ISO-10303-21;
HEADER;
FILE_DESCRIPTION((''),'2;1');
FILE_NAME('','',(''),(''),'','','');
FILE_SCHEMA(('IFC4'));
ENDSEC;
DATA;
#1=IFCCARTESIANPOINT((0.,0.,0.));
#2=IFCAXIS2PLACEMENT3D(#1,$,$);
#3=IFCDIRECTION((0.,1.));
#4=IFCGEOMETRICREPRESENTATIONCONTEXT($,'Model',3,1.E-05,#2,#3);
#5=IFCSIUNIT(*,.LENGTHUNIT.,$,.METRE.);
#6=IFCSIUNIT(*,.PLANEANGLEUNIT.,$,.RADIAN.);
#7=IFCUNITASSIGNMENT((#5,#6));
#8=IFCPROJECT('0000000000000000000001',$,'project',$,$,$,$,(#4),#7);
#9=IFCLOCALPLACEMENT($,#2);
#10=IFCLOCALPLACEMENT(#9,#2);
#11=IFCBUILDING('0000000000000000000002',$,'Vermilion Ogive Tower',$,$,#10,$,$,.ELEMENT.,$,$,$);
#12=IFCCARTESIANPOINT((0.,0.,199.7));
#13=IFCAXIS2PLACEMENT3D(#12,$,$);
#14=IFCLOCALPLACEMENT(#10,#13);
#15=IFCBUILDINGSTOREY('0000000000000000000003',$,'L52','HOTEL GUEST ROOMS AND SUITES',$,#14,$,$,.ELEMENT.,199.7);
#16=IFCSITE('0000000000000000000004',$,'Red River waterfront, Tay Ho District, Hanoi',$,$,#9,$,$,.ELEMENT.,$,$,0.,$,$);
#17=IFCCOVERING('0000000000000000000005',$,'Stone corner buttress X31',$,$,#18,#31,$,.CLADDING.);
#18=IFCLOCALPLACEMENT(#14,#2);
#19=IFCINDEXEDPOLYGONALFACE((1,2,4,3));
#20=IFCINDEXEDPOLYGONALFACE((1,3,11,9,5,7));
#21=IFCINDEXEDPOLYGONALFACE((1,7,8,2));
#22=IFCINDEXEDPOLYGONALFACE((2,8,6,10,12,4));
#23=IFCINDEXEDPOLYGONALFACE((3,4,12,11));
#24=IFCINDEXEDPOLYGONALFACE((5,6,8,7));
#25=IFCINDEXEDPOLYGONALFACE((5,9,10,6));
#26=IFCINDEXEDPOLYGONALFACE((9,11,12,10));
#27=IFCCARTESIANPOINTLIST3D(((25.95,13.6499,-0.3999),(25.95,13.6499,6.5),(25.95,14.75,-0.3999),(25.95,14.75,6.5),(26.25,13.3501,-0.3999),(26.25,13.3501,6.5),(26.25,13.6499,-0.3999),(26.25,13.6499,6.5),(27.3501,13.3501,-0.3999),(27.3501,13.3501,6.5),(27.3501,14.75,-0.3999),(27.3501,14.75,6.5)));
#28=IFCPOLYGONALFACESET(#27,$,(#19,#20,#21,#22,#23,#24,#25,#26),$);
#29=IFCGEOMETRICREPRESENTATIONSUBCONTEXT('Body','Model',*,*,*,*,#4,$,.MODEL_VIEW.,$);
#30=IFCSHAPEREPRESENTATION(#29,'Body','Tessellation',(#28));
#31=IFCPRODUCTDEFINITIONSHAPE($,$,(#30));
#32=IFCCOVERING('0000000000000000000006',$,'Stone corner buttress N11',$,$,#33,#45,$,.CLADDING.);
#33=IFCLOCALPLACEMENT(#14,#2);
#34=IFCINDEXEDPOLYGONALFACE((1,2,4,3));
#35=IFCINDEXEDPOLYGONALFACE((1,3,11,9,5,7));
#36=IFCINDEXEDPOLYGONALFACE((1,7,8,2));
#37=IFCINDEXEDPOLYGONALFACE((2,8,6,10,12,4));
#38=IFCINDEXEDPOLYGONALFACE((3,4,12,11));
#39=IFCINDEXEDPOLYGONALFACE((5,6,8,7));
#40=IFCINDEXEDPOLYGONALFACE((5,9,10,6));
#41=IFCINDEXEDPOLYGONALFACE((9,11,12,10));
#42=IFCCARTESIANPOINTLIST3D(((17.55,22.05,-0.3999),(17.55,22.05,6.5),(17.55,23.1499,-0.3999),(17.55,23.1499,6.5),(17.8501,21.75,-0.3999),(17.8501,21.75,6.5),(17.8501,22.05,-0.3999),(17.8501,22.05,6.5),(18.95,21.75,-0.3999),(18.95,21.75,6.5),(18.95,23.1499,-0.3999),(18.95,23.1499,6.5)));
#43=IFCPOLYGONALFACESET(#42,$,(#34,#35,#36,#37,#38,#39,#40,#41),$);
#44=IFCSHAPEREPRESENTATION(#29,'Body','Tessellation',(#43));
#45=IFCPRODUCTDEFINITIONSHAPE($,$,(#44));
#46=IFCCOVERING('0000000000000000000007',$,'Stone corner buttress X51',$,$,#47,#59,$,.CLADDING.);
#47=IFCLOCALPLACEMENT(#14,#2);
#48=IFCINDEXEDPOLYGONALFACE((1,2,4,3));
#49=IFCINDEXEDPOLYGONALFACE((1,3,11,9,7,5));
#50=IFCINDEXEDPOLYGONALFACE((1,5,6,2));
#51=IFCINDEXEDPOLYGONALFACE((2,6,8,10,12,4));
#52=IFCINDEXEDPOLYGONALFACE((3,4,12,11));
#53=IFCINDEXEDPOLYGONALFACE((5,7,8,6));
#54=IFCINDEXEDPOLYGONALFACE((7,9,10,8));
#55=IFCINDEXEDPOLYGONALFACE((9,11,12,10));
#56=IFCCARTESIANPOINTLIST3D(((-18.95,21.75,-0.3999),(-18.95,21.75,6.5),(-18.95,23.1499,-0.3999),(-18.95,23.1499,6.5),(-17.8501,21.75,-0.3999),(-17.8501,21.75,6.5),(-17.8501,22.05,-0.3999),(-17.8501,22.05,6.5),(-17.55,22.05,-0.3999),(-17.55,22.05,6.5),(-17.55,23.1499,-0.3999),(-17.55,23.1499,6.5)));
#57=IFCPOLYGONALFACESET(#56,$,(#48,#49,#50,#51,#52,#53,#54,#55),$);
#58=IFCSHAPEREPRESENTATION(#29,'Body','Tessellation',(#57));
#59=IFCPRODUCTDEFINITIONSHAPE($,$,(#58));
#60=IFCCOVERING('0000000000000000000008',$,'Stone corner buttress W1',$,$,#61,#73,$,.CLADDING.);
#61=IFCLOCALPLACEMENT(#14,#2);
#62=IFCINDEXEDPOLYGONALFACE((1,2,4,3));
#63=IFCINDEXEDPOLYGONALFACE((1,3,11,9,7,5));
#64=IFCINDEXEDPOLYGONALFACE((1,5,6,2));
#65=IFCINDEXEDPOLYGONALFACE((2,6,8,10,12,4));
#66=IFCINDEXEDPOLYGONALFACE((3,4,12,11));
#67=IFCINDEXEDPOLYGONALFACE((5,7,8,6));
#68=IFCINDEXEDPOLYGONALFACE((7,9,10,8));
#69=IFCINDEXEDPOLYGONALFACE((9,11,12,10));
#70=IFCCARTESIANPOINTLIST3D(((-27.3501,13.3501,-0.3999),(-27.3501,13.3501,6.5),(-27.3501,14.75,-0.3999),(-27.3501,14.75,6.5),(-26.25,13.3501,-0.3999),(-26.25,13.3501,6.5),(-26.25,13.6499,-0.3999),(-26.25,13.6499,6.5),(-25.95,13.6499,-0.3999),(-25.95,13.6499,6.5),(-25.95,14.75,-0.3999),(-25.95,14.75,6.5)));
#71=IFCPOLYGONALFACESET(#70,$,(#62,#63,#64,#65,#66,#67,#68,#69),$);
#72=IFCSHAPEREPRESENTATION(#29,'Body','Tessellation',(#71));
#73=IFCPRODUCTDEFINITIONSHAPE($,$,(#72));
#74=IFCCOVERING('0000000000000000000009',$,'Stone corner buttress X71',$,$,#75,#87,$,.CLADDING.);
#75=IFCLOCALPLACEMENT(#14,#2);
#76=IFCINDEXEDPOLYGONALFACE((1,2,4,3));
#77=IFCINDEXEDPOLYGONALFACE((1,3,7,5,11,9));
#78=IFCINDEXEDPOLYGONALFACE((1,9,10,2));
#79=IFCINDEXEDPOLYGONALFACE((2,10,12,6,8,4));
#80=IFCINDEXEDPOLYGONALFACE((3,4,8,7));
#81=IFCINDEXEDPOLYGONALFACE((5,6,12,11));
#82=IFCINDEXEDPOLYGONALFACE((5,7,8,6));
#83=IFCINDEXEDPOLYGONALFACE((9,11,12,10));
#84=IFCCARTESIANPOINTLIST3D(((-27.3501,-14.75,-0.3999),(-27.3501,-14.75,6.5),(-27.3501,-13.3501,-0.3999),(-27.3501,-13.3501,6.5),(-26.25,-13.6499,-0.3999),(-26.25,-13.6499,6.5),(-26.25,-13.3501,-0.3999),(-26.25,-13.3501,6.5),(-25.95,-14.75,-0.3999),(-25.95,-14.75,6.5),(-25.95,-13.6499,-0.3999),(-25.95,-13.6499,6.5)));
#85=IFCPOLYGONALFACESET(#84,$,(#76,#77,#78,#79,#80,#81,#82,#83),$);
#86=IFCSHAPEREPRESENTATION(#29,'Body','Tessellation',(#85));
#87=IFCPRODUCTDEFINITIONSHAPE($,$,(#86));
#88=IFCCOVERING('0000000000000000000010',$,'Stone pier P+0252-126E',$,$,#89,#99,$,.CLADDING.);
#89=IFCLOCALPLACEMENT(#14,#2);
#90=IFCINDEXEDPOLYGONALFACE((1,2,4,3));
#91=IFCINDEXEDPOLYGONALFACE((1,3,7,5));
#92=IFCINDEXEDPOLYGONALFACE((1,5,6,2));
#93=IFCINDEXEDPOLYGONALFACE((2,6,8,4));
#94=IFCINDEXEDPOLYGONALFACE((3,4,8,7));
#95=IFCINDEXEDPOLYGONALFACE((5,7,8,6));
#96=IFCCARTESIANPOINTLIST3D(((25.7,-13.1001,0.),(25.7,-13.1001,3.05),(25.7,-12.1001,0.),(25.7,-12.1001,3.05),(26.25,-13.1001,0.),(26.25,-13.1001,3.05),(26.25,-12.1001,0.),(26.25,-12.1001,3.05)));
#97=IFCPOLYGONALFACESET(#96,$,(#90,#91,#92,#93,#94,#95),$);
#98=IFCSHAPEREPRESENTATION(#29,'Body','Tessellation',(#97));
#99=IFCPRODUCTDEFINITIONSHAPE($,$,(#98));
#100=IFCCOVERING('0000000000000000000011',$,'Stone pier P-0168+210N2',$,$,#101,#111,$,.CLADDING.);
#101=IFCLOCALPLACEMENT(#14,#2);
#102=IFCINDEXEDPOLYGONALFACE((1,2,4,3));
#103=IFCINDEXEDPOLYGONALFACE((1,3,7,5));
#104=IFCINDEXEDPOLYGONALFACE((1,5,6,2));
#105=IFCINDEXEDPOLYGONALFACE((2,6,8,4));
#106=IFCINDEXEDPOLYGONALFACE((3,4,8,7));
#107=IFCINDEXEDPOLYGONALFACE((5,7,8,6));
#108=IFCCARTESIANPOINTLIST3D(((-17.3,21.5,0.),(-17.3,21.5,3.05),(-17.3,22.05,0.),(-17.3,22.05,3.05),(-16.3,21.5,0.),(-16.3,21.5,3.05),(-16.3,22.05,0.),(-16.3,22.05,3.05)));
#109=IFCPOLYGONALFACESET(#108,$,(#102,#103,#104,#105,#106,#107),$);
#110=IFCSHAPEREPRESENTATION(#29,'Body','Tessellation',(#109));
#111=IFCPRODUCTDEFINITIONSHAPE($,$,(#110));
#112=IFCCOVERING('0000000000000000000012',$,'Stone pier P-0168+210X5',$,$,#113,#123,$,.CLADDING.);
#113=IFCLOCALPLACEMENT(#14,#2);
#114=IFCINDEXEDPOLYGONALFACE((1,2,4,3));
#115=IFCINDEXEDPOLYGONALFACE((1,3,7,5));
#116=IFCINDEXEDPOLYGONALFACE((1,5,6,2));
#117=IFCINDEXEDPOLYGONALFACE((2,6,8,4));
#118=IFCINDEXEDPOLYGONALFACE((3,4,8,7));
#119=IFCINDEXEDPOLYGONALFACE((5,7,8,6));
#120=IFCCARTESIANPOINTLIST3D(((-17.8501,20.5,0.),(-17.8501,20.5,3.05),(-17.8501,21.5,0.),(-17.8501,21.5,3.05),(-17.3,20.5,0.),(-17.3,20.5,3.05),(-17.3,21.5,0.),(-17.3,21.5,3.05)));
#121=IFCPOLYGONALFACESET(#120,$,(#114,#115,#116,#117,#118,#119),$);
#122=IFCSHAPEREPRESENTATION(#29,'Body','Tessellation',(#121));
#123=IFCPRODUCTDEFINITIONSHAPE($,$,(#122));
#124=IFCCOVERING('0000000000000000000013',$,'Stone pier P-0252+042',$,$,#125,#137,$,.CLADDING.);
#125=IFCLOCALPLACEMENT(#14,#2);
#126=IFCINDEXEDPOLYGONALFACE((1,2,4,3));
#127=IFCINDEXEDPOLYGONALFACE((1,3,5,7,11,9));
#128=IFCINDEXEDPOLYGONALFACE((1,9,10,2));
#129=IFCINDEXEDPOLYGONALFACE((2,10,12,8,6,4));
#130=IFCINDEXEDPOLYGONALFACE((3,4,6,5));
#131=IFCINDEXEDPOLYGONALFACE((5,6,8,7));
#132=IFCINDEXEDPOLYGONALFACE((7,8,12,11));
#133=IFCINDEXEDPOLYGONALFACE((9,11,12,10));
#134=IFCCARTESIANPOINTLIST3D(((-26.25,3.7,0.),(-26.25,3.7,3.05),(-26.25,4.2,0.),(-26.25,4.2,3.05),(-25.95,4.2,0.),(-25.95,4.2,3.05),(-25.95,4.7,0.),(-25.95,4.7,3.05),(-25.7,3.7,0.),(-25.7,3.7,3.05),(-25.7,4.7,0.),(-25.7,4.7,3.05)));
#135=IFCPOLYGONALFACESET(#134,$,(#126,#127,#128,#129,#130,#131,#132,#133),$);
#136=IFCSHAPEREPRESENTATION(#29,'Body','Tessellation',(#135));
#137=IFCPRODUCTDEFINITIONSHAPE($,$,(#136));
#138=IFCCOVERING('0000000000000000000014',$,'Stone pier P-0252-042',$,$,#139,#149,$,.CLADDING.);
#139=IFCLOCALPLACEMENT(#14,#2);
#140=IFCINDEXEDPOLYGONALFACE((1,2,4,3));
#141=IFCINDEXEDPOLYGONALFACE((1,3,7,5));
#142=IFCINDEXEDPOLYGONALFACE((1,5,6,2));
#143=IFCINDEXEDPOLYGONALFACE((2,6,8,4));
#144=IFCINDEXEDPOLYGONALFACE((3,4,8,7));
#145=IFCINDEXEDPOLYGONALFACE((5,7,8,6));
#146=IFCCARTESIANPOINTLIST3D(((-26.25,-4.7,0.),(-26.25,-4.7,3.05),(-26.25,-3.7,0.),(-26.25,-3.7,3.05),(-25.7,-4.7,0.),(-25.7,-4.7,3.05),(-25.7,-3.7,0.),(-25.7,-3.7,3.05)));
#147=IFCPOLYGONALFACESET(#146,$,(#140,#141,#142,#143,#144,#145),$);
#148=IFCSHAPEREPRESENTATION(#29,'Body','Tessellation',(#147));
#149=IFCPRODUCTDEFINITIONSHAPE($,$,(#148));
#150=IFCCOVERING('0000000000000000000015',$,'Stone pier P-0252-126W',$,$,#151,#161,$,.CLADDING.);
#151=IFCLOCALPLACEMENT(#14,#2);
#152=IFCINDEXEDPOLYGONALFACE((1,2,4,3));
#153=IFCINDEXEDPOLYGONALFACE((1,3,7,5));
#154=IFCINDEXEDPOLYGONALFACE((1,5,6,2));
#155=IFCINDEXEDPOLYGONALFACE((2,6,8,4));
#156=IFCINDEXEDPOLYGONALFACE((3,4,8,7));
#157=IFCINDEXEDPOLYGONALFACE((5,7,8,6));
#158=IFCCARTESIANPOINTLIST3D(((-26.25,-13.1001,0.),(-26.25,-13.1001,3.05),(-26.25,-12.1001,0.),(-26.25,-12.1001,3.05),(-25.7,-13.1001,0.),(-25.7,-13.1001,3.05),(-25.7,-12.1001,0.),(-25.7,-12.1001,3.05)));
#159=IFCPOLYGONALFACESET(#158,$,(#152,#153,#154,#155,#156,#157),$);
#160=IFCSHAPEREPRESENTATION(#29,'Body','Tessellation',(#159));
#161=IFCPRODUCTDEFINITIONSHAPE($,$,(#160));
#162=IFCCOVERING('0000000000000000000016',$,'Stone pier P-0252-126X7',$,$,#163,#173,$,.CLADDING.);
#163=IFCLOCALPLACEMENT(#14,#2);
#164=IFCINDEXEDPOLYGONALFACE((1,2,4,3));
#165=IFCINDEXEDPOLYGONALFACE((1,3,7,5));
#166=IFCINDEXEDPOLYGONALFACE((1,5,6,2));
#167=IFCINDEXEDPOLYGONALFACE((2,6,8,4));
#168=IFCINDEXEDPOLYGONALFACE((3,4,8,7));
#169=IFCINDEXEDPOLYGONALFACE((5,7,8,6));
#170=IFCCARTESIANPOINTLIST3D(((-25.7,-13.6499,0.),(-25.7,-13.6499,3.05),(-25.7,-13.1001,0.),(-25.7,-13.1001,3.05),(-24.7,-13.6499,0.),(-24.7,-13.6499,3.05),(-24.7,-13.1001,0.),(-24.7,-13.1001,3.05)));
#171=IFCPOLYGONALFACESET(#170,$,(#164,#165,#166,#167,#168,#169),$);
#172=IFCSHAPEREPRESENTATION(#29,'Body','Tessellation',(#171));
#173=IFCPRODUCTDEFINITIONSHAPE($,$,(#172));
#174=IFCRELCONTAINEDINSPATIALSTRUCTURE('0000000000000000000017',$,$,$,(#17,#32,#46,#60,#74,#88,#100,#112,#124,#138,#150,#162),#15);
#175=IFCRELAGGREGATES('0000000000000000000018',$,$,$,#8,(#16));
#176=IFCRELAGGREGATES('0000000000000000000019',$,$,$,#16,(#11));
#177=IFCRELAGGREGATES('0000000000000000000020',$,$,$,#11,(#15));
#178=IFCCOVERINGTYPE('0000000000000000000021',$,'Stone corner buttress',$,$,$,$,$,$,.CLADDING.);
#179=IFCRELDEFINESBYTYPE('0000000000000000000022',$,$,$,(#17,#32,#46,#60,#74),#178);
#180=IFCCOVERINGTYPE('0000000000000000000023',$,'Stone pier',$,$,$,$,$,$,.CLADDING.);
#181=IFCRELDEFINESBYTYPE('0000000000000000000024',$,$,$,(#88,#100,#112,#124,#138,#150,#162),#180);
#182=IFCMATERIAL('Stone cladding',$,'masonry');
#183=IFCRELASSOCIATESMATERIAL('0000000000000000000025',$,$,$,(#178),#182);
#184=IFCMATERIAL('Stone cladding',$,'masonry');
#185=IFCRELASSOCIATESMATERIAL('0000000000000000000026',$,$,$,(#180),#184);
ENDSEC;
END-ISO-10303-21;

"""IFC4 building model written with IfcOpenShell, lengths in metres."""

from ifc_helpers import new_model, si_unit, direction, frame, origin, place, context, subcontext, project, spatial, polyline, outline, extrude, material, type_object, element, save


model = new_model("IFC4")

# Units and contexts
model_context = context("Model", 3, precision=1e-05, world=origin(), true_north=direction((0.0, 1.0)))
body_context = subcontext(model_context, "Body", "Model", "MODEL_VIEW")
ifc_project = project(units=[si_unit("LENGTHUNIT", "METRE"), si_unit("PLANEANGLEUNIT", "RADIAN")], contexts=[model_context])

# Site, building, storey
site_placement = place(None, origin())
site = spatial("IfcSite", under=ifc_project, at=site_placement, Name="Red River waterfront, Tay Ho District, Hanoi", CompositionType="ELEMENT", RefElevation=0.0)
building_placement = place(site_placement, origin())
building = spatial("IfcBuilding", under=site, at=building_placement, Name="Vermilion Ogive Tower", CompositionType="ELEMENT")
storey_placement = place(building_placement, frame((0.0, 0.0, 199.7)))
storey = spatial("IfcBuildingStorey", under=building, at=storey_placement, Name="L52", Description="HOTEL GUEST ROOMS AND SUITES", CompositionType="ELEMENT", Elevation=199.7)

# Coverings
ifc_material_1 = material(Name="Stone cladding", Category="masonry")
covering_type_1 = type_object("IfcCoveringType", Name="Stone corner buttress", PredefinedType="CLADDING", material=ifc_material_1)
covering_1_placement = place(storey_placement, frame((0.0, 0.0, -0.3999)))
element("IfcCovering", 1, at=covering_1_placement, inside=storey, type_object=covering_type_1, Name="Stone corner buttress X31", PredefinedType="CLADDING", context=body_context, shape_type="SweptSolid", body=[
    extrude(outline(polyline([(26.25, 13.3501), (26.25, 13.6499), (25.95, 13.6499), (25.95, 14.75), (27.3501, 14.75), (27.3501, 13.3501), (26.25, 13.3501)])), origin(), (0.0, 0.0, 1.0), 6.8999),
])
covering_2_placement = place(storey_placement, frame((0.0, 0.0, -0.3999)))
element("IfcCovering", 2, at=covering_2_placement, inside=storey, type_object=covering_type_1, Name="Stone corner buttress N11", PredefinedType="CLADDING", context=body_context, shape_type="SweptSolid", body=[
    extrude(outline(polyline([(17.8501, 22.05), (17.55, 22.05), (17.55, 23.1499), (18.95, 23.1499), (18.95, 21.75), (17.8501, 21.75), (17.8501, 22.05)])), origin(), (0.0, 0.0, 1.0), 6.8999),
])
covering_3_placement = place(storey_placement, frame((0.0, 0.0, -0.3999)))
element("IfcCovering", 3, at=covering_3_placement, inside=storey, type_object=covering_type_1, Name="Stone corner buttress X51", PredefinedType="CLADDING", context=body_context, shape_type="SweptSolid", body=[
    extrude(outline(polyline([(-17.55, 23.1499), (-17.55, 22.05), (-17.8501, 22.05), (-17.8501, 21.75), (-18.95, 21.75), (-18.95, 23.1499), (-17.55, 23.1499)])), origin(), (0.0, 0.0, 1.0), 6.8999),
])
covering_4_placement = place(storey_placement, frame((0.0, 0.0, -0.3999)))
element("IfcCovering", 4, at=covering_4_placement, inside=storey, type_object=covering_type_1, Name="Stone corner buttress W1", PredefinedType="CLADDING", context=body_context, shape_type="SweptSolid", body=[
    extrude(outline(polyline([(-25.95, 13.6499), (-26.25, 13.6499), (-26.25, 13.3501), (-27.3501, 13.3501), (-27.3501, 14.75), (-25.95, 14.75), (-25.95, 13.6499)])), origin(), (0.0, 0.0, 1.0), 6.8999),
])
covering_5_placement = place(storey_placement, frame((0.0, 0.0, -0.3999)))
element("IfcCovering", 5, at=covering_5_placement, inside=storey, type_object=covering_type_1, Name="Stone corner buttress X71", PredefinedType="CLADDING", context=body_context, shape_type="SweptSolid", body=[
    extrude(outline(polyline([(-27.3501, -13.3501), (-26.25, -13.3501), (-26.25, -13.6499), (-25.95, -13.6499), (-25.95, -14.75), (-27.3501, -14.75), (-27.3501, -13.3501)])), origin(), (0.0, 0.0, 1.0), 6.8999),
])
ifc_material_2 = material(Name="Stone cladding", Category="masonry")
covering_type_2 = type_object("IfcCoveringType", Name="Stone pier", PredefinedType="CLADDING", material=ifc_material_2)
covering_6_placement = place(storey_placement, origin())
element("IfcCovering", 6, at=covering_6_placement, inside=storey, type_object=covering_type_2, Name="Stone pier P+0252-126E", PredefinedType="CLADDING", context=body_context, shape_type="SweptSolid", body=[
    extrude(outline(polyline([(26.25, -13.1001), (25.7, -13.1001), (25.7, -12.1001), (26.25, -12.1001), (26.25, -13.1001)])), origin(), (0.0, 0.0, 1.0), 3.05),
])
covering_7_placement = place(storey_placement, origin())
element("IfcCovering", 7, at=covering_7_placement, inside=storey, type_object=covering_type_2, Name="Stone pier P-0168+210N2", PredefinedType="CLADDING", context=body_context, shape_type="SweptSolid", body=[
    extrude(outline(polyline([(-17.3, 21.5), (-17.3, 22.05), (-16.3, 22.05), (-16.3, 21.5), (-17.3, 21.5), (-17.3, 21.5)])), origin(), (0.0, 0.0, 1.0), 3.05),
])
covering_8_placement = place(storey_placement, origin())
element("IfcCovering", 8, at=covering_8_placement, inside=storey, type_object=covering_type_2, Name="Stone pier P-0168+210X5", PredefinedType="CLADDING", context=body_context, shape_type="SweptSolid", body=[
    extrude(outline(polyline([(-17.8501, 21.5), (-17.3, 21.5), (-17.3, 21.5), (-17.3, 20.5), (-17.8501, 20.5), (-17.8501, 21.5)])), origin(), (0.0, 0.0, 1.0), 3.05),
])
covering_9_placement = place(storey_placement, origin())
element("IfcCovering", 9, at=covering_9_placement, inside=storey, type_object=covering_type_2, Name="Stone pier P-0252+042", PredefinedType="CLADDING", context=body_context, shape_type="SweptSolid", body=[
    extrude(outline(polyline([(-25.7, 3.7), (-26.25, 3.7), (-26.25, 4.2), (-25.95, 4.2), (-25.95, 4.7), (-25.7, 4.7), (-25.7, 4.7), (-25.7, 3.7)])), origin(), (0.0, 0.0, 1.0), 3.05),
])
covering_10_placement = place(storey_placement, origin())
element("IfcCovering", 10, at=covering_10_placement, inside=storey, type_object=covering_type_2, Name="Stone pier P-0252-042", PredefinedType="CLADDING", context=body_context, shape_type="SweptSolid", body=[
    extrude(outline(polyline([(-25.7, -4.7), (-26.25, -4.7), (-26.25, -3.7), (-25.7, -3.7), (-25.7, -4.7), (-25.7, -4.7)])), origin(), (0.0, 0.0, 1.0), 3.05),
])
covering_11_placement = place(storey_placement, origin())
element("IfcCovering", 11, at=covering_11_placement, inside=storey, type_object=covering_type_2, Name="Stone pier P-0252-126W", PredefinedType="CLADDING", context=body_context, shape_type="SweptSolid", body=[
    extrude(outline(polyline([(-26.25, -13.1001), (-26.25, -12.1001), (-25.7, -12.1001), (-25.7, -13.1001), (-26.25, -13.1001)])), origin(), (0.0, 0.0, 1.0), 3.05),
])
covering_12_placement = place(storey_placement, origin())
element("IfcCovering", 12, at=covering_12_placement, inside=storey, type_object=covering_type_2, Name="Stone pier P-0252-126X7", PredefinedType="CLADDING", context=body_context, shape_type="SweptSolid", body=[
    extrude(outline(polyline([(-25.7, -13.6499), (-25.7, -13.1001), (-24.7, -13.1001), (-24.7, -13.6499), (-25.7, -13.6499)])), origin(), (0.0, 0.0, 1.0), 3.05),
])

save(model, "model.ifc")
